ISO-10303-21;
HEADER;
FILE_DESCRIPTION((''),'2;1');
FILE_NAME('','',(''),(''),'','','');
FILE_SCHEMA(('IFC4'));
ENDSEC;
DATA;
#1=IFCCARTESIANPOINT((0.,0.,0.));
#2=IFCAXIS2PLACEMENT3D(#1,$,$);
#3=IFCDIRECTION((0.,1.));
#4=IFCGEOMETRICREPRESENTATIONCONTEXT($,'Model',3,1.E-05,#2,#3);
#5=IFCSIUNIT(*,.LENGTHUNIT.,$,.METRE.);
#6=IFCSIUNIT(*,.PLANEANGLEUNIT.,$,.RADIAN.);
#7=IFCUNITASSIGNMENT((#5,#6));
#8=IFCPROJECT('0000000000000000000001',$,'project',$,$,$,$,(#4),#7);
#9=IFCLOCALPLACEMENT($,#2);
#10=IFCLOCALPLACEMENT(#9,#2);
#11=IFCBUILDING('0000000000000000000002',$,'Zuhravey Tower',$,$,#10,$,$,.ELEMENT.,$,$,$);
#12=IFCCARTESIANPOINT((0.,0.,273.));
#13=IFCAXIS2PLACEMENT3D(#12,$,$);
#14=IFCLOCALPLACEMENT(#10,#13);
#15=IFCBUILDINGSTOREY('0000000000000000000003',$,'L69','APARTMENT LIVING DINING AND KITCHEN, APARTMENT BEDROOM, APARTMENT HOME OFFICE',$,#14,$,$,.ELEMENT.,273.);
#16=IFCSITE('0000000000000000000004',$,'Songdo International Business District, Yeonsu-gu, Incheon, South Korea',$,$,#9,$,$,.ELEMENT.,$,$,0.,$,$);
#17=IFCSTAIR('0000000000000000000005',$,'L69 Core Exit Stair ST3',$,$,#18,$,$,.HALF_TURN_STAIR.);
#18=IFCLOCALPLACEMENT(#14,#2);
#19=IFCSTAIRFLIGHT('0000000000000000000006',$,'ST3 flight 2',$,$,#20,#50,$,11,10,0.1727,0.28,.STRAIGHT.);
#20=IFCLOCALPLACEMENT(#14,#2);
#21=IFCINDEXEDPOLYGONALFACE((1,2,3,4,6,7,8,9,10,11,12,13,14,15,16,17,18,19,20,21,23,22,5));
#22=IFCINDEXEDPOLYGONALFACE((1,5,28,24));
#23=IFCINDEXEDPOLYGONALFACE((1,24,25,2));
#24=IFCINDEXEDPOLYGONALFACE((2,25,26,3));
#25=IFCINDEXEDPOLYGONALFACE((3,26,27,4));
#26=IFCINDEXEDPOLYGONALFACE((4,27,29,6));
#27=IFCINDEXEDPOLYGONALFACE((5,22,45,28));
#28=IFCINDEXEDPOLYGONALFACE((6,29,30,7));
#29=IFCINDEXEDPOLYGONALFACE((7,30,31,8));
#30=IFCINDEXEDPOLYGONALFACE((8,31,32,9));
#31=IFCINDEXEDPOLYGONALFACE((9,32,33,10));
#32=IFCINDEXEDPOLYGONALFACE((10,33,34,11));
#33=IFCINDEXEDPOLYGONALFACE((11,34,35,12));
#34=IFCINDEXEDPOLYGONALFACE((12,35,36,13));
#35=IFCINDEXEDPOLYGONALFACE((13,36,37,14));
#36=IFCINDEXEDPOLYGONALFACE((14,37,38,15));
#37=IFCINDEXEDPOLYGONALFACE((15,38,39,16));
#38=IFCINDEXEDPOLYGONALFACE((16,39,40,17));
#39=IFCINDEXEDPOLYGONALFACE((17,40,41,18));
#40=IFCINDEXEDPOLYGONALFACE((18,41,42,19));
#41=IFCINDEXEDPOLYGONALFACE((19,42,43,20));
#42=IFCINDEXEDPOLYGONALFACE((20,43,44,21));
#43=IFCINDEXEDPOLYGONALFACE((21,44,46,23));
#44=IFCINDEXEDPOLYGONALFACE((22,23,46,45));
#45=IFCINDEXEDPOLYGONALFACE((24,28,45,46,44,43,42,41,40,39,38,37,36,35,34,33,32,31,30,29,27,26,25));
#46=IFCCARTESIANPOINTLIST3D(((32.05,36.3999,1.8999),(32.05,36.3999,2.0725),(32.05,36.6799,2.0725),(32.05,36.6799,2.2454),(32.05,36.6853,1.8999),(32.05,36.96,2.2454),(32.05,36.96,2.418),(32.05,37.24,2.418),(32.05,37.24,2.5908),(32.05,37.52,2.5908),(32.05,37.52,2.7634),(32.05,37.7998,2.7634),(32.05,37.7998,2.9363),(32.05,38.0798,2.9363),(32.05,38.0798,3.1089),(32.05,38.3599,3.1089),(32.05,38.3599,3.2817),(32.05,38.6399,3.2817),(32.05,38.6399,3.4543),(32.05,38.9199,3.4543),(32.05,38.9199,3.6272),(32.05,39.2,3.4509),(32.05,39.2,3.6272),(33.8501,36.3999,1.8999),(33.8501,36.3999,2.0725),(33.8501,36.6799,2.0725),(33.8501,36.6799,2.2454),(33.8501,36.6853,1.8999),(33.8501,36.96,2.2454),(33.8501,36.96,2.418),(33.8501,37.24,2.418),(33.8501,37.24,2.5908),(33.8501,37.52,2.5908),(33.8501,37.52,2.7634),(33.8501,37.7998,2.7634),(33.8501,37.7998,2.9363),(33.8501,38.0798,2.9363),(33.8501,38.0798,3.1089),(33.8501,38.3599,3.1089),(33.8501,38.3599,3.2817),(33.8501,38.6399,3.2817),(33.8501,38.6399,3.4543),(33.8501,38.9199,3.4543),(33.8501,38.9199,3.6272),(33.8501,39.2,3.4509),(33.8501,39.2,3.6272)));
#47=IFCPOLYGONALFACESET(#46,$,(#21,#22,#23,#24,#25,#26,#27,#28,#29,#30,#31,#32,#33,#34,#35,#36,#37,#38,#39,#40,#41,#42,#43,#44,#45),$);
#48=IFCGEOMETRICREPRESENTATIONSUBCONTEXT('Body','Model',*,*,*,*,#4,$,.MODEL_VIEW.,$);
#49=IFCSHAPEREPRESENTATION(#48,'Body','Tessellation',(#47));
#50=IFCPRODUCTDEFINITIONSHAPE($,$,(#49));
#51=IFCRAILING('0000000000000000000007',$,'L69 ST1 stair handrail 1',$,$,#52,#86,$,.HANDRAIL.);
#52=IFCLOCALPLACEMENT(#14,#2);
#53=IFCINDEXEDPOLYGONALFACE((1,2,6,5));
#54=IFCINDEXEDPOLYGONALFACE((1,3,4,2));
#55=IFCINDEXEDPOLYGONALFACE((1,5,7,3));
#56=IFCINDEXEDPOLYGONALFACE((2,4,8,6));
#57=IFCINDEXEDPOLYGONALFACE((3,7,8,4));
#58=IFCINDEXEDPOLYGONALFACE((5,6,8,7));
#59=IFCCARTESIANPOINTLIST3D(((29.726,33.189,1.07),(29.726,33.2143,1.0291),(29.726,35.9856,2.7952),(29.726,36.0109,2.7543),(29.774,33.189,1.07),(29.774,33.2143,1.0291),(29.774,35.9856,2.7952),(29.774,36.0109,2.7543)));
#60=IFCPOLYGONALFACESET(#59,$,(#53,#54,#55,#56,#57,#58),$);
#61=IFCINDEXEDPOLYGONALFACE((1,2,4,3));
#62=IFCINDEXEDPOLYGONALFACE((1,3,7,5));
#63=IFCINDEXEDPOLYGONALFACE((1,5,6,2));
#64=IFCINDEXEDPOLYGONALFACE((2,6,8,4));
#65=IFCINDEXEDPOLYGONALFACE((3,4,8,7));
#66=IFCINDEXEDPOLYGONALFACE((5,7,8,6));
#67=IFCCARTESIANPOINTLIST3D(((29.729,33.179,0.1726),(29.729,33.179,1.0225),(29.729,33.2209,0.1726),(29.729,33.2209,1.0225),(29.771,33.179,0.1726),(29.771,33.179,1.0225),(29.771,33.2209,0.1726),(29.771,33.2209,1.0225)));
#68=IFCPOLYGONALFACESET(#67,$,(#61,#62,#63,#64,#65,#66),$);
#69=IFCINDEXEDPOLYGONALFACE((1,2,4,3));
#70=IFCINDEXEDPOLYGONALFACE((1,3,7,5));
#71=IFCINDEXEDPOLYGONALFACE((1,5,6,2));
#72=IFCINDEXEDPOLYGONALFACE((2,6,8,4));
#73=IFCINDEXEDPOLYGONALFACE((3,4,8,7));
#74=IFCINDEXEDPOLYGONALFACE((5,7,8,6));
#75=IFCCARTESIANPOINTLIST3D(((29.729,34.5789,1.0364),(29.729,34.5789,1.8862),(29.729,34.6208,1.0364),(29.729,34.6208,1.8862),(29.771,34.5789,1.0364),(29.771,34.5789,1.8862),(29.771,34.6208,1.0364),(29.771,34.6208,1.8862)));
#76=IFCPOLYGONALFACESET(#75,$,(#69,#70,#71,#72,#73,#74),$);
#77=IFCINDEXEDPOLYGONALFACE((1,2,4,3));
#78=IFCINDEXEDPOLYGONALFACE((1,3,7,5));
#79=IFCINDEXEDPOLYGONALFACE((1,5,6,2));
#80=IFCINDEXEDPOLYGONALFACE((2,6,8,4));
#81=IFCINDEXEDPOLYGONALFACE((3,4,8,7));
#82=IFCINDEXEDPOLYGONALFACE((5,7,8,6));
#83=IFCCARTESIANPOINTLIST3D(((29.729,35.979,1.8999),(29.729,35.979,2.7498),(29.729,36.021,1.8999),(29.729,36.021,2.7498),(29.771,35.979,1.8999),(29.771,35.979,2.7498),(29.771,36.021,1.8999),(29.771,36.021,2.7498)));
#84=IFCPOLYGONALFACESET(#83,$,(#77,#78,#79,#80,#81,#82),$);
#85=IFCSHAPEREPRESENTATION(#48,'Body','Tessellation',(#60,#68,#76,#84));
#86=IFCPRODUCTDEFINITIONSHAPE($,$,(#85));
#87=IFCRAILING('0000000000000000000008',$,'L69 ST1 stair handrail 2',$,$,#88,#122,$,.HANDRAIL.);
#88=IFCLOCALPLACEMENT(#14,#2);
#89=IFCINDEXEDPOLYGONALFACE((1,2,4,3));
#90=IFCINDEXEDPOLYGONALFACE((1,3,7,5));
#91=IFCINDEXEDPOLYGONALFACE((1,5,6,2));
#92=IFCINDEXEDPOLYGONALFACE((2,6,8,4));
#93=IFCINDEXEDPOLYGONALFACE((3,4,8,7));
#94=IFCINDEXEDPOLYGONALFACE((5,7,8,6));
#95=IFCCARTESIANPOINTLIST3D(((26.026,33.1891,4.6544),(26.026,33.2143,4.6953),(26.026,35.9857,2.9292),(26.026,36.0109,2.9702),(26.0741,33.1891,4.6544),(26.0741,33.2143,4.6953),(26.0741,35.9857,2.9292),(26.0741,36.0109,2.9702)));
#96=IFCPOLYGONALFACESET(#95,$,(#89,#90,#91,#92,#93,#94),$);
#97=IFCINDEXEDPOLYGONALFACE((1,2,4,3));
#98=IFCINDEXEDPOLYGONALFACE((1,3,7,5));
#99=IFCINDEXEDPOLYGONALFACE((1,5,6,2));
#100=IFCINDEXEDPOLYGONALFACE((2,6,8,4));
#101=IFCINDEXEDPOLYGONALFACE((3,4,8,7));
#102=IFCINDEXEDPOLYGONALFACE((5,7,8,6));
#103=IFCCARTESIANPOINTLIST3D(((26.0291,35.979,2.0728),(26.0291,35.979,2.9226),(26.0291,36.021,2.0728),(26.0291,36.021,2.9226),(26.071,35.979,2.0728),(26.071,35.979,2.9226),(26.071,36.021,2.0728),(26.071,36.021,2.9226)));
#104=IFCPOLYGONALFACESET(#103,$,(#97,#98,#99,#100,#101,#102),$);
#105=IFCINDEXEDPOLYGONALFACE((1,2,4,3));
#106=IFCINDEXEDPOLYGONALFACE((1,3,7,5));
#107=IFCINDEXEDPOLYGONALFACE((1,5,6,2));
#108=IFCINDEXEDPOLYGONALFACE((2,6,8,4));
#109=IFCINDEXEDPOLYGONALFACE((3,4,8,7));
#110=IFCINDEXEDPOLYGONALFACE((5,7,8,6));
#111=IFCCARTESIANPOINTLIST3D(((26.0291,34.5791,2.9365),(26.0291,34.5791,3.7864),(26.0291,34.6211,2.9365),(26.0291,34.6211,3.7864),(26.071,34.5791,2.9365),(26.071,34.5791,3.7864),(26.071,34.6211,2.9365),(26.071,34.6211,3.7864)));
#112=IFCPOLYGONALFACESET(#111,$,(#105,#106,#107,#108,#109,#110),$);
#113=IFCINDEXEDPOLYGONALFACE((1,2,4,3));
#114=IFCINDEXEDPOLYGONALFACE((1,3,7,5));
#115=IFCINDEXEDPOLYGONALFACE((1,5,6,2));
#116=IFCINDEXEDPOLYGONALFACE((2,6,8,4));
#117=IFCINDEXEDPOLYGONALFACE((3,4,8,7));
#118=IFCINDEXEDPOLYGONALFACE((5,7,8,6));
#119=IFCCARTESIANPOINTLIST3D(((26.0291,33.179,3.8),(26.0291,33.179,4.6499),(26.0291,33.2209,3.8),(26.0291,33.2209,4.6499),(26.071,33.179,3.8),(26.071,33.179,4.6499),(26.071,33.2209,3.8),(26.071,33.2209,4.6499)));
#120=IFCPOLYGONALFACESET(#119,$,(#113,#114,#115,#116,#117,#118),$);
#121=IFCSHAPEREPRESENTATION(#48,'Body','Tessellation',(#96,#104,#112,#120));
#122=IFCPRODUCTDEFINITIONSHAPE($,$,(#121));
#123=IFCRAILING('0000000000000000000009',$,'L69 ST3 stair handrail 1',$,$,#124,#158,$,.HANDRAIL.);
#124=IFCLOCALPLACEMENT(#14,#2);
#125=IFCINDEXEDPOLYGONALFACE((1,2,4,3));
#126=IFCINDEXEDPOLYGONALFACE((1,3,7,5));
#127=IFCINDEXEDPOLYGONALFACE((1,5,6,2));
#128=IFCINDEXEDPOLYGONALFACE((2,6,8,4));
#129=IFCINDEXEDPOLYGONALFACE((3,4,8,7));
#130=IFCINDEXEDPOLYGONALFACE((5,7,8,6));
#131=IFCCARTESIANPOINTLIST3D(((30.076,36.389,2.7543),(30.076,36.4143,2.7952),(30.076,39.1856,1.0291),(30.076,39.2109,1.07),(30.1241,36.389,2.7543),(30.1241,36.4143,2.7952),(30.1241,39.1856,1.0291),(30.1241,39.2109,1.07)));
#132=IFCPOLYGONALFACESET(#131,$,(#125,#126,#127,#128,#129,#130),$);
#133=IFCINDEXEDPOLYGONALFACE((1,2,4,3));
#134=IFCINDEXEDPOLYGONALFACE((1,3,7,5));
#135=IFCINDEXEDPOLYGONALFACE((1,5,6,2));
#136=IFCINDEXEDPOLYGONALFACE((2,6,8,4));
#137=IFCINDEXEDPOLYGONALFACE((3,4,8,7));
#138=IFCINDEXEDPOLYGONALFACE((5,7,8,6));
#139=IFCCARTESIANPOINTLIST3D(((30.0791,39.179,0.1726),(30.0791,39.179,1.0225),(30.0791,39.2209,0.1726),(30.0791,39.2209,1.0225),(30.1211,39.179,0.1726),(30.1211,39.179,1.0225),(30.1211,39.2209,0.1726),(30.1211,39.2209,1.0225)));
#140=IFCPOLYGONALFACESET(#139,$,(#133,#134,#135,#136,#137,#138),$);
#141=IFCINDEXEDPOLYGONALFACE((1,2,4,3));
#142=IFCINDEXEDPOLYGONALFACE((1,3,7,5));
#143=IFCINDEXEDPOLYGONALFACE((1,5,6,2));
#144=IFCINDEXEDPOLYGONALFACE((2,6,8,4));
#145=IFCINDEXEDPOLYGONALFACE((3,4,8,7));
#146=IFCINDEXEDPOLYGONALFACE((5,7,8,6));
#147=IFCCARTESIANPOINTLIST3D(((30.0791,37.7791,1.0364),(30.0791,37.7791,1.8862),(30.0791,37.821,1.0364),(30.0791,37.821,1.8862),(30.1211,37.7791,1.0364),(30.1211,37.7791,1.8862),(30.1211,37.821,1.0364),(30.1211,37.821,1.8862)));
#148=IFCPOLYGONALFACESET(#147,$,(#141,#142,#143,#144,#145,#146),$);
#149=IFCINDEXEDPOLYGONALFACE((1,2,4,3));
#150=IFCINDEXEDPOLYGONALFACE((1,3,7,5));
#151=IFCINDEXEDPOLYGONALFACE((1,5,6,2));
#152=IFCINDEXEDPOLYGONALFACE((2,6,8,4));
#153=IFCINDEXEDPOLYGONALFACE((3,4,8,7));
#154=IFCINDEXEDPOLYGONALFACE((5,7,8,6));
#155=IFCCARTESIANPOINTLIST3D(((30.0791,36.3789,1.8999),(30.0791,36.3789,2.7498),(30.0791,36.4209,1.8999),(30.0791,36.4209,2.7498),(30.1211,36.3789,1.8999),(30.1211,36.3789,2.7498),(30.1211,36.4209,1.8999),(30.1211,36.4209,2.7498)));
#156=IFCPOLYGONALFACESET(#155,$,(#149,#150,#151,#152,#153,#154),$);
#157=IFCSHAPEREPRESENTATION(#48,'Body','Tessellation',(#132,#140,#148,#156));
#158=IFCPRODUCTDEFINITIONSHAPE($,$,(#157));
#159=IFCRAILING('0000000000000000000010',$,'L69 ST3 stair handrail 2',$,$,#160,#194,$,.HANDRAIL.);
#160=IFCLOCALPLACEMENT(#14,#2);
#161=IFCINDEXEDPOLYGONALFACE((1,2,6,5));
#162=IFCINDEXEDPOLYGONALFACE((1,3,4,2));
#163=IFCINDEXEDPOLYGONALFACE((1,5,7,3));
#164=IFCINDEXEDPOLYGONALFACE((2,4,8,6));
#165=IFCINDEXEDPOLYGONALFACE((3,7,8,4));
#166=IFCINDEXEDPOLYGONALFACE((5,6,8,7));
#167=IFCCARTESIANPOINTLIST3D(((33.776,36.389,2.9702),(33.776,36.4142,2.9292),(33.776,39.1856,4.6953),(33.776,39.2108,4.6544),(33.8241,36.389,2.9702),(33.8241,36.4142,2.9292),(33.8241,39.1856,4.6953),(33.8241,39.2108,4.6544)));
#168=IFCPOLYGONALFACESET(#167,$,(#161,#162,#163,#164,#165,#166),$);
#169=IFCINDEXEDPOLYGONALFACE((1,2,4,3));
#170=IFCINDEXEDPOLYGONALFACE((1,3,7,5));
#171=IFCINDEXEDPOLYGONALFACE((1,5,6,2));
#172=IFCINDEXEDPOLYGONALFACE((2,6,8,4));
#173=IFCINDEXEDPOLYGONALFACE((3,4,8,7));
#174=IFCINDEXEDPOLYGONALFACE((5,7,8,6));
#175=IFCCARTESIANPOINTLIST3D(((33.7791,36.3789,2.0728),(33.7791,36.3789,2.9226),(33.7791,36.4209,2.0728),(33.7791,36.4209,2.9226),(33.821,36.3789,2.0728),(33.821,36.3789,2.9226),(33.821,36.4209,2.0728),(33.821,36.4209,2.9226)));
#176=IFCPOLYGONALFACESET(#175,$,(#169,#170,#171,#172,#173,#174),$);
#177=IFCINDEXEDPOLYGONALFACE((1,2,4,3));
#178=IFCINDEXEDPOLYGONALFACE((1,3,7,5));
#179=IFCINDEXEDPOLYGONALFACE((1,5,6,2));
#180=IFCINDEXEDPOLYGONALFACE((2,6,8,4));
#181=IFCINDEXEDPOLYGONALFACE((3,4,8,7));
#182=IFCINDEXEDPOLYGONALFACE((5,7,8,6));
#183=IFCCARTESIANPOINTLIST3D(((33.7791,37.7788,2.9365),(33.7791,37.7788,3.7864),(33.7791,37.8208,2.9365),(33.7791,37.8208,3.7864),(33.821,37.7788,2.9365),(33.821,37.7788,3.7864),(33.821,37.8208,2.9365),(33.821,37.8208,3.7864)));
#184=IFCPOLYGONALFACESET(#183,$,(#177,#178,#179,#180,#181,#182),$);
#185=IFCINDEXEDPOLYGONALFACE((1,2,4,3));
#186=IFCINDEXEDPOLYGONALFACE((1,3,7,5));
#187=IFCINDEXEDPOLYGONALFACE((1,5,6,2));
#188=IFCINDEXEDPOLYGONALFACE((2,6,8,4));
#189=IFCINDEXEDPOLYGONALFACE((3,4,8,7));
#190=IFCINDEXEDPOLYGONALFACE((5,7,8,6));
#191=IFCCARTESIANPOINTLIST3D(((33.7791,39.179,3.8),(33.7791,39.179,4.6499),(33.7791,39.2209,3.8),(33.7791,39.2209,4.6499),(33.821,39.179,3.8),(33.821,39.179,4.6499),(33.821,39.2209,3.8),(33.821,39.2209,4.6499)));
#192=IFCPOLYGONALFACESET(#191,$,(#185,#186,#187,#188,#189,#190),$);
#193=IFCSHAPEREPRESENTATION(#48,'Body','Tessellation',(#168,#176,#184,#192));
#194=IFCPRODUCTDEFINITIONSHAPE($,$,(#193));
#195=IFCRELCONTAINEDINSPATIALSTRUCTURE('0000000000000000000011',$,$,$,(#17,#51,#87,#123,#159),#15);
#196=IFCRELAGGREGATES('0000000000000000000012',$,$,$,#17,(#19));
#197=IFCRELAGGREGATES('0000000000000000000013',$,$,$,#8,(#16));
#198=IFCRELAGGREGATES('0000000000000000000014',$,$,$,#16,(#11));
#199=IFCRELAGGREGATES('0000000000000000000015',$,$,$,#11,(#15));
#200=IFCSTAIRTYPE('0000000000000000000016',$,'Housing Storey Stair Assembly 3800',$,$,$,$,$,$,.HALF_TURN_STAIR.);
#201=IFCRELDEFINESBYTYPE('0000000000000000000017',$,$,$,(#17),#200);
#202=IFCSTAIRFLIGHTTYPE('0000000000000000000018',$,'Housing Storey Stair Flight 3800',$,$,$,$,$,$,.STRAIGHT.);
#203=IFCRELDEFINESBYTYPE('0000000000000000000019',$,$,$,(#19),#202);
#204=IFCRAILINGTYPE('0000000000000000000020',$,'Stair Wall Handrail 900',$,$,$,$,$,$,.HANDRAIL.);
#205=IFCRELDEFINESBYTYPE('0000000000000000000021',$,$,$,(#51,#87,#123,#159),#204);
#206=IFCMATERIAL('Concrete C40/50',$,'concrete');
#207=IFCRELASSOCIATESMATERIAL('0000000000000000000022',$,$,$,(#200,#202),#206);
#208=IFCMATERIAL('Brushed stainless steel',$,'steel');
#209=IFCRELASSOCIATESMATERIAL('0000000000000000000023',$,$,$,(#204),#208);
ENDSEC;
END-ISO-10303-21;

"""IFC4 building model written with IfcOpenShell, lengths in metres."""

from ifc_helpers import new_model, si_unit, direction, frame, origin, origin_2d, place, context, subcontext, project, spatial, polyline, rectangle, outline, extrude, material, type_object, element, aggregate, save


model = new_model("IFC4")

# Units and contexts
model_context = context("Model", 3, precision=1e-05, world=origin(), true_north=direction((0.0, 1.0)))
body_context = subcontext(model_context, "Body", "Model", "MODEL_VIEW")
ifc_project = project(units=[si_unit("LENGTHUNIT", "METRE"), si_unit("PLANEANGLEUNIT", "RADIAN")], contexts=[model_context])

# Site, building, storey
site_placement = place(None, origin())
site = spatial("IfcSite", under=ifc_project, at=site_placement, Name="Songdo International Business District, Yeonsu-gu, Incheon, South Korea", CompositionType="ELEMENT", RefElevation=0.0)
building_placement = place(site_placement, origin())
building = spatial("IfcBuilding", under=site, at=building_placement, Name="Zuhravey Tower", CompositionType="ELEMENT")
storey_placement = place(building_placement, frame((0.0, 0.0, 273.0)))
storey = spatial("IfcBuildingStorey", under=building, at=storey_placement, Name="L69", Description="APARTMENT LIVING DINING AND KITCHEN, APARTMENT BEDROOM, APARTMENT HOME OFFICE", CompositionType="ELEMENT", Elevation=273.0)

# Stair, stair flight
ifc_material_1 = material(Name="Concrete C40/50", Category="concrete")
stair_type = type_object("IfcStairType", Name="Housing Storey Stair Assembly 3800", PredefinedType="HALF_TURN_STAIR", material=ifc_material_1)
stair_flight_type = type_object("IfcStairFlightType", Name="Housing Storey Stair Flight 3800", PredefinedType="STRAIGHT", material=ifc_material_1)
stair_1_placement = place(storey_placement, origin())
stair_1 = element("IfcStair", 1, at=stair_1_placement, inside=storey, type_object=stair_type, Name="L69 Core Exit Stair ST3", PredefinedType="HALF_TURN_STAIR")
stair_flight_1_placement = place(storey_placement, frame((32.95, 36.3999, 1.8999), z_axis=(0.0, 0.0, 1.0), x_axis=(0.0, 1.0, 0.0)))
stair_flight_1 = element("IfcStairFlight", 2, at=stair_flight_1_placement, type_object=stair_flight_type, Name="ST3 flight 2", NumberOfRisers=11, NumberOfTreads=10, PredefinedType="STRAIGHT", RiserHeight=0.1727, TreadLength=0.28, context=body_context, shape_type="SweptSolid", body=[
    extrude(outline(polyline([(0.0, 0.0), (0.0, 0.1726), (0.28, 0.1726), (0.28, 0.3455), (0.5601, 0.3455), (0.5601, 0.5181), (0.8401, 0.5181), (0.8401, 0.6909), (1.1201, 0.6909), (1.1201, 0.8635), (1.3999, 0.8635), (1.3999, 1.0364), (1.6799, 1.0364), (1.6799, 1.209), (1.96, 1.209), (1.96, 1.3818), (2.24, 1.3818), (2.24, 1.5544), (2.52, 1.5544), (2.52, 1.7273), (2.8, 1.7273), (2.8, 1.8999), (2.8, 1.551), (0.2854, 0.0), (0.0, 0.0)])), frame((0.0, 0.8999, 0.0), z_axis=(0.0, -1.0, 0.0), x_axis=(1.0, 0.0, 0.0)), (0.0, 0.0, 1.0), 1.8),
])
aggregate(stair_1, [stair_flight_1])

# Railings
ifc_material_2 = material(Name="Brushed stainless steel", Category="steel")
railing_type_1 = type_object("IfcRailingType", Name="Stair Wall Handrail 900", PredefinedType="HANDRAIL", material=ifc_material_2)
railing_1_placement = place(storey_placement, frame((29.75, 33.2, 0.1726)))
element("IfcRailing", 3, at=railing_1_placement, inside=storey, type_object=railing_type_1, Name="L69 ST1 stair handrail 1", PredefinedType="HANDRAIL", context=body_context, shape_type="SweptSolid", body=[
    extrude(rectangle(XDim=0.0481, YDim=0.0481, at=origin_2d()), frame((0.0, 0.0017, 0.877), z_axis=(0.0, 0.85109, 0.52502), x_axis=(-1.0, 0.0, 0.0)), (0.0, 0.0, 1.0), 3.2859),
    extrude(rectangle(XDim=0.042, YDim=0.042, at=origin_2d()), origin(), (0.0, 0.0, 1.0), 0.8499),
    extrude(rectangle(XDim=0.042, YDim=0.042, at=origin_2d()), frame((0.0, 1.3999, 0.8638)), (0.0, 0.0, 1.0), 0.8499),
    extrude(rectangle(XDim=0.042, YDim=0.042, at=origin_2d()), frame((0.0, 2.8, 1.7273)), (0.0, 0.0, 1.0), 0.8499),
])
for number, where, name in (
    (4, (26.05, 36.0, 2.0728), "L69 ST1 stair handrail 2"),
    (5, (30.1001, 39.2, 0.1726), "L69 ST3 stair handrail 1"),
):
    element("IfcRailing", number, at=place(storey_placement, frame(where)), inside=storey, type_object=railing_type_1, Name=name, PredefinedType="HANDRAIL", context=body_context, shape_type="SweptSolid", body=[
        extrude(rectangle(XDim=0.0481, YDim=0.0481, at=origin_2d()), frame((0.0, -0.0017, 0.877), z_axis=(0.0, -0.85109, 0.52502), x_axis=(1.0, 0.0, 0.0)), (0.0, 0.0, 1.0), 3.2859),
        extrude(rectangle(XDim=0.042, YDim=0.042, at=origin_2d()), origin(), (0.0, 0.0, 1.0), 0.8499),
        extrude(rectangle(XDim=0.042, YDim=0.042, at=origin_2d()), frame((0.0, -1.3999, 0.8638)), (0.0, 0.0, 1.0), 0.8499),
        extrude(rectangle(XDim=0.042, YDim=0.042, at=origin_2d()), frame((0.0, -2.8, 1.7273)), (0.0, 0.0, 1.0), 0.8499),
    ])
railing_2_placement = place(storey_placement, frame((33.8, 36.3999, 2.0728)))
element("IfcRailing", 6, at=railing_2_placement, inside=storey, type_object=railing_type_1, Name="L69 ST3 stair handrail 2", PredefinedType="HANDRAIL", context=body_context, shape_type="SweptSolid", body=[
    extrude(rectangle(XDim=0.0481, YDim=0.0481, at=origin_2d()), frame((0.0, 0.0017, 0.877), z_axis=(0.0, 0.85109, 0.52502), x_axis=(-1.0, 0.0, 0.0)), (0.0, 0.0, 1.0), 3.2859),
    extrude(rectangle(XDim=0.042, YDim=0.042, at=origin_2d()), origin(), (0.0, 0.0, 1.0), 0.8499),
    extrude(rectangle(XDim=0.042, YDim=0.042, at=origin_2d()), frame((0.0, 1.3999, 0.8638)), (0.0, 0.0, 1.0), 0.8499),
    extrude(rectangle(XDim=0.042, YDim=0.042, at=origin_2d()), frame((0.0, 2.8, 1.7273)), (0.0, 0.0, 1.0), 0.8499),
])

save(model, "model.ifc")
